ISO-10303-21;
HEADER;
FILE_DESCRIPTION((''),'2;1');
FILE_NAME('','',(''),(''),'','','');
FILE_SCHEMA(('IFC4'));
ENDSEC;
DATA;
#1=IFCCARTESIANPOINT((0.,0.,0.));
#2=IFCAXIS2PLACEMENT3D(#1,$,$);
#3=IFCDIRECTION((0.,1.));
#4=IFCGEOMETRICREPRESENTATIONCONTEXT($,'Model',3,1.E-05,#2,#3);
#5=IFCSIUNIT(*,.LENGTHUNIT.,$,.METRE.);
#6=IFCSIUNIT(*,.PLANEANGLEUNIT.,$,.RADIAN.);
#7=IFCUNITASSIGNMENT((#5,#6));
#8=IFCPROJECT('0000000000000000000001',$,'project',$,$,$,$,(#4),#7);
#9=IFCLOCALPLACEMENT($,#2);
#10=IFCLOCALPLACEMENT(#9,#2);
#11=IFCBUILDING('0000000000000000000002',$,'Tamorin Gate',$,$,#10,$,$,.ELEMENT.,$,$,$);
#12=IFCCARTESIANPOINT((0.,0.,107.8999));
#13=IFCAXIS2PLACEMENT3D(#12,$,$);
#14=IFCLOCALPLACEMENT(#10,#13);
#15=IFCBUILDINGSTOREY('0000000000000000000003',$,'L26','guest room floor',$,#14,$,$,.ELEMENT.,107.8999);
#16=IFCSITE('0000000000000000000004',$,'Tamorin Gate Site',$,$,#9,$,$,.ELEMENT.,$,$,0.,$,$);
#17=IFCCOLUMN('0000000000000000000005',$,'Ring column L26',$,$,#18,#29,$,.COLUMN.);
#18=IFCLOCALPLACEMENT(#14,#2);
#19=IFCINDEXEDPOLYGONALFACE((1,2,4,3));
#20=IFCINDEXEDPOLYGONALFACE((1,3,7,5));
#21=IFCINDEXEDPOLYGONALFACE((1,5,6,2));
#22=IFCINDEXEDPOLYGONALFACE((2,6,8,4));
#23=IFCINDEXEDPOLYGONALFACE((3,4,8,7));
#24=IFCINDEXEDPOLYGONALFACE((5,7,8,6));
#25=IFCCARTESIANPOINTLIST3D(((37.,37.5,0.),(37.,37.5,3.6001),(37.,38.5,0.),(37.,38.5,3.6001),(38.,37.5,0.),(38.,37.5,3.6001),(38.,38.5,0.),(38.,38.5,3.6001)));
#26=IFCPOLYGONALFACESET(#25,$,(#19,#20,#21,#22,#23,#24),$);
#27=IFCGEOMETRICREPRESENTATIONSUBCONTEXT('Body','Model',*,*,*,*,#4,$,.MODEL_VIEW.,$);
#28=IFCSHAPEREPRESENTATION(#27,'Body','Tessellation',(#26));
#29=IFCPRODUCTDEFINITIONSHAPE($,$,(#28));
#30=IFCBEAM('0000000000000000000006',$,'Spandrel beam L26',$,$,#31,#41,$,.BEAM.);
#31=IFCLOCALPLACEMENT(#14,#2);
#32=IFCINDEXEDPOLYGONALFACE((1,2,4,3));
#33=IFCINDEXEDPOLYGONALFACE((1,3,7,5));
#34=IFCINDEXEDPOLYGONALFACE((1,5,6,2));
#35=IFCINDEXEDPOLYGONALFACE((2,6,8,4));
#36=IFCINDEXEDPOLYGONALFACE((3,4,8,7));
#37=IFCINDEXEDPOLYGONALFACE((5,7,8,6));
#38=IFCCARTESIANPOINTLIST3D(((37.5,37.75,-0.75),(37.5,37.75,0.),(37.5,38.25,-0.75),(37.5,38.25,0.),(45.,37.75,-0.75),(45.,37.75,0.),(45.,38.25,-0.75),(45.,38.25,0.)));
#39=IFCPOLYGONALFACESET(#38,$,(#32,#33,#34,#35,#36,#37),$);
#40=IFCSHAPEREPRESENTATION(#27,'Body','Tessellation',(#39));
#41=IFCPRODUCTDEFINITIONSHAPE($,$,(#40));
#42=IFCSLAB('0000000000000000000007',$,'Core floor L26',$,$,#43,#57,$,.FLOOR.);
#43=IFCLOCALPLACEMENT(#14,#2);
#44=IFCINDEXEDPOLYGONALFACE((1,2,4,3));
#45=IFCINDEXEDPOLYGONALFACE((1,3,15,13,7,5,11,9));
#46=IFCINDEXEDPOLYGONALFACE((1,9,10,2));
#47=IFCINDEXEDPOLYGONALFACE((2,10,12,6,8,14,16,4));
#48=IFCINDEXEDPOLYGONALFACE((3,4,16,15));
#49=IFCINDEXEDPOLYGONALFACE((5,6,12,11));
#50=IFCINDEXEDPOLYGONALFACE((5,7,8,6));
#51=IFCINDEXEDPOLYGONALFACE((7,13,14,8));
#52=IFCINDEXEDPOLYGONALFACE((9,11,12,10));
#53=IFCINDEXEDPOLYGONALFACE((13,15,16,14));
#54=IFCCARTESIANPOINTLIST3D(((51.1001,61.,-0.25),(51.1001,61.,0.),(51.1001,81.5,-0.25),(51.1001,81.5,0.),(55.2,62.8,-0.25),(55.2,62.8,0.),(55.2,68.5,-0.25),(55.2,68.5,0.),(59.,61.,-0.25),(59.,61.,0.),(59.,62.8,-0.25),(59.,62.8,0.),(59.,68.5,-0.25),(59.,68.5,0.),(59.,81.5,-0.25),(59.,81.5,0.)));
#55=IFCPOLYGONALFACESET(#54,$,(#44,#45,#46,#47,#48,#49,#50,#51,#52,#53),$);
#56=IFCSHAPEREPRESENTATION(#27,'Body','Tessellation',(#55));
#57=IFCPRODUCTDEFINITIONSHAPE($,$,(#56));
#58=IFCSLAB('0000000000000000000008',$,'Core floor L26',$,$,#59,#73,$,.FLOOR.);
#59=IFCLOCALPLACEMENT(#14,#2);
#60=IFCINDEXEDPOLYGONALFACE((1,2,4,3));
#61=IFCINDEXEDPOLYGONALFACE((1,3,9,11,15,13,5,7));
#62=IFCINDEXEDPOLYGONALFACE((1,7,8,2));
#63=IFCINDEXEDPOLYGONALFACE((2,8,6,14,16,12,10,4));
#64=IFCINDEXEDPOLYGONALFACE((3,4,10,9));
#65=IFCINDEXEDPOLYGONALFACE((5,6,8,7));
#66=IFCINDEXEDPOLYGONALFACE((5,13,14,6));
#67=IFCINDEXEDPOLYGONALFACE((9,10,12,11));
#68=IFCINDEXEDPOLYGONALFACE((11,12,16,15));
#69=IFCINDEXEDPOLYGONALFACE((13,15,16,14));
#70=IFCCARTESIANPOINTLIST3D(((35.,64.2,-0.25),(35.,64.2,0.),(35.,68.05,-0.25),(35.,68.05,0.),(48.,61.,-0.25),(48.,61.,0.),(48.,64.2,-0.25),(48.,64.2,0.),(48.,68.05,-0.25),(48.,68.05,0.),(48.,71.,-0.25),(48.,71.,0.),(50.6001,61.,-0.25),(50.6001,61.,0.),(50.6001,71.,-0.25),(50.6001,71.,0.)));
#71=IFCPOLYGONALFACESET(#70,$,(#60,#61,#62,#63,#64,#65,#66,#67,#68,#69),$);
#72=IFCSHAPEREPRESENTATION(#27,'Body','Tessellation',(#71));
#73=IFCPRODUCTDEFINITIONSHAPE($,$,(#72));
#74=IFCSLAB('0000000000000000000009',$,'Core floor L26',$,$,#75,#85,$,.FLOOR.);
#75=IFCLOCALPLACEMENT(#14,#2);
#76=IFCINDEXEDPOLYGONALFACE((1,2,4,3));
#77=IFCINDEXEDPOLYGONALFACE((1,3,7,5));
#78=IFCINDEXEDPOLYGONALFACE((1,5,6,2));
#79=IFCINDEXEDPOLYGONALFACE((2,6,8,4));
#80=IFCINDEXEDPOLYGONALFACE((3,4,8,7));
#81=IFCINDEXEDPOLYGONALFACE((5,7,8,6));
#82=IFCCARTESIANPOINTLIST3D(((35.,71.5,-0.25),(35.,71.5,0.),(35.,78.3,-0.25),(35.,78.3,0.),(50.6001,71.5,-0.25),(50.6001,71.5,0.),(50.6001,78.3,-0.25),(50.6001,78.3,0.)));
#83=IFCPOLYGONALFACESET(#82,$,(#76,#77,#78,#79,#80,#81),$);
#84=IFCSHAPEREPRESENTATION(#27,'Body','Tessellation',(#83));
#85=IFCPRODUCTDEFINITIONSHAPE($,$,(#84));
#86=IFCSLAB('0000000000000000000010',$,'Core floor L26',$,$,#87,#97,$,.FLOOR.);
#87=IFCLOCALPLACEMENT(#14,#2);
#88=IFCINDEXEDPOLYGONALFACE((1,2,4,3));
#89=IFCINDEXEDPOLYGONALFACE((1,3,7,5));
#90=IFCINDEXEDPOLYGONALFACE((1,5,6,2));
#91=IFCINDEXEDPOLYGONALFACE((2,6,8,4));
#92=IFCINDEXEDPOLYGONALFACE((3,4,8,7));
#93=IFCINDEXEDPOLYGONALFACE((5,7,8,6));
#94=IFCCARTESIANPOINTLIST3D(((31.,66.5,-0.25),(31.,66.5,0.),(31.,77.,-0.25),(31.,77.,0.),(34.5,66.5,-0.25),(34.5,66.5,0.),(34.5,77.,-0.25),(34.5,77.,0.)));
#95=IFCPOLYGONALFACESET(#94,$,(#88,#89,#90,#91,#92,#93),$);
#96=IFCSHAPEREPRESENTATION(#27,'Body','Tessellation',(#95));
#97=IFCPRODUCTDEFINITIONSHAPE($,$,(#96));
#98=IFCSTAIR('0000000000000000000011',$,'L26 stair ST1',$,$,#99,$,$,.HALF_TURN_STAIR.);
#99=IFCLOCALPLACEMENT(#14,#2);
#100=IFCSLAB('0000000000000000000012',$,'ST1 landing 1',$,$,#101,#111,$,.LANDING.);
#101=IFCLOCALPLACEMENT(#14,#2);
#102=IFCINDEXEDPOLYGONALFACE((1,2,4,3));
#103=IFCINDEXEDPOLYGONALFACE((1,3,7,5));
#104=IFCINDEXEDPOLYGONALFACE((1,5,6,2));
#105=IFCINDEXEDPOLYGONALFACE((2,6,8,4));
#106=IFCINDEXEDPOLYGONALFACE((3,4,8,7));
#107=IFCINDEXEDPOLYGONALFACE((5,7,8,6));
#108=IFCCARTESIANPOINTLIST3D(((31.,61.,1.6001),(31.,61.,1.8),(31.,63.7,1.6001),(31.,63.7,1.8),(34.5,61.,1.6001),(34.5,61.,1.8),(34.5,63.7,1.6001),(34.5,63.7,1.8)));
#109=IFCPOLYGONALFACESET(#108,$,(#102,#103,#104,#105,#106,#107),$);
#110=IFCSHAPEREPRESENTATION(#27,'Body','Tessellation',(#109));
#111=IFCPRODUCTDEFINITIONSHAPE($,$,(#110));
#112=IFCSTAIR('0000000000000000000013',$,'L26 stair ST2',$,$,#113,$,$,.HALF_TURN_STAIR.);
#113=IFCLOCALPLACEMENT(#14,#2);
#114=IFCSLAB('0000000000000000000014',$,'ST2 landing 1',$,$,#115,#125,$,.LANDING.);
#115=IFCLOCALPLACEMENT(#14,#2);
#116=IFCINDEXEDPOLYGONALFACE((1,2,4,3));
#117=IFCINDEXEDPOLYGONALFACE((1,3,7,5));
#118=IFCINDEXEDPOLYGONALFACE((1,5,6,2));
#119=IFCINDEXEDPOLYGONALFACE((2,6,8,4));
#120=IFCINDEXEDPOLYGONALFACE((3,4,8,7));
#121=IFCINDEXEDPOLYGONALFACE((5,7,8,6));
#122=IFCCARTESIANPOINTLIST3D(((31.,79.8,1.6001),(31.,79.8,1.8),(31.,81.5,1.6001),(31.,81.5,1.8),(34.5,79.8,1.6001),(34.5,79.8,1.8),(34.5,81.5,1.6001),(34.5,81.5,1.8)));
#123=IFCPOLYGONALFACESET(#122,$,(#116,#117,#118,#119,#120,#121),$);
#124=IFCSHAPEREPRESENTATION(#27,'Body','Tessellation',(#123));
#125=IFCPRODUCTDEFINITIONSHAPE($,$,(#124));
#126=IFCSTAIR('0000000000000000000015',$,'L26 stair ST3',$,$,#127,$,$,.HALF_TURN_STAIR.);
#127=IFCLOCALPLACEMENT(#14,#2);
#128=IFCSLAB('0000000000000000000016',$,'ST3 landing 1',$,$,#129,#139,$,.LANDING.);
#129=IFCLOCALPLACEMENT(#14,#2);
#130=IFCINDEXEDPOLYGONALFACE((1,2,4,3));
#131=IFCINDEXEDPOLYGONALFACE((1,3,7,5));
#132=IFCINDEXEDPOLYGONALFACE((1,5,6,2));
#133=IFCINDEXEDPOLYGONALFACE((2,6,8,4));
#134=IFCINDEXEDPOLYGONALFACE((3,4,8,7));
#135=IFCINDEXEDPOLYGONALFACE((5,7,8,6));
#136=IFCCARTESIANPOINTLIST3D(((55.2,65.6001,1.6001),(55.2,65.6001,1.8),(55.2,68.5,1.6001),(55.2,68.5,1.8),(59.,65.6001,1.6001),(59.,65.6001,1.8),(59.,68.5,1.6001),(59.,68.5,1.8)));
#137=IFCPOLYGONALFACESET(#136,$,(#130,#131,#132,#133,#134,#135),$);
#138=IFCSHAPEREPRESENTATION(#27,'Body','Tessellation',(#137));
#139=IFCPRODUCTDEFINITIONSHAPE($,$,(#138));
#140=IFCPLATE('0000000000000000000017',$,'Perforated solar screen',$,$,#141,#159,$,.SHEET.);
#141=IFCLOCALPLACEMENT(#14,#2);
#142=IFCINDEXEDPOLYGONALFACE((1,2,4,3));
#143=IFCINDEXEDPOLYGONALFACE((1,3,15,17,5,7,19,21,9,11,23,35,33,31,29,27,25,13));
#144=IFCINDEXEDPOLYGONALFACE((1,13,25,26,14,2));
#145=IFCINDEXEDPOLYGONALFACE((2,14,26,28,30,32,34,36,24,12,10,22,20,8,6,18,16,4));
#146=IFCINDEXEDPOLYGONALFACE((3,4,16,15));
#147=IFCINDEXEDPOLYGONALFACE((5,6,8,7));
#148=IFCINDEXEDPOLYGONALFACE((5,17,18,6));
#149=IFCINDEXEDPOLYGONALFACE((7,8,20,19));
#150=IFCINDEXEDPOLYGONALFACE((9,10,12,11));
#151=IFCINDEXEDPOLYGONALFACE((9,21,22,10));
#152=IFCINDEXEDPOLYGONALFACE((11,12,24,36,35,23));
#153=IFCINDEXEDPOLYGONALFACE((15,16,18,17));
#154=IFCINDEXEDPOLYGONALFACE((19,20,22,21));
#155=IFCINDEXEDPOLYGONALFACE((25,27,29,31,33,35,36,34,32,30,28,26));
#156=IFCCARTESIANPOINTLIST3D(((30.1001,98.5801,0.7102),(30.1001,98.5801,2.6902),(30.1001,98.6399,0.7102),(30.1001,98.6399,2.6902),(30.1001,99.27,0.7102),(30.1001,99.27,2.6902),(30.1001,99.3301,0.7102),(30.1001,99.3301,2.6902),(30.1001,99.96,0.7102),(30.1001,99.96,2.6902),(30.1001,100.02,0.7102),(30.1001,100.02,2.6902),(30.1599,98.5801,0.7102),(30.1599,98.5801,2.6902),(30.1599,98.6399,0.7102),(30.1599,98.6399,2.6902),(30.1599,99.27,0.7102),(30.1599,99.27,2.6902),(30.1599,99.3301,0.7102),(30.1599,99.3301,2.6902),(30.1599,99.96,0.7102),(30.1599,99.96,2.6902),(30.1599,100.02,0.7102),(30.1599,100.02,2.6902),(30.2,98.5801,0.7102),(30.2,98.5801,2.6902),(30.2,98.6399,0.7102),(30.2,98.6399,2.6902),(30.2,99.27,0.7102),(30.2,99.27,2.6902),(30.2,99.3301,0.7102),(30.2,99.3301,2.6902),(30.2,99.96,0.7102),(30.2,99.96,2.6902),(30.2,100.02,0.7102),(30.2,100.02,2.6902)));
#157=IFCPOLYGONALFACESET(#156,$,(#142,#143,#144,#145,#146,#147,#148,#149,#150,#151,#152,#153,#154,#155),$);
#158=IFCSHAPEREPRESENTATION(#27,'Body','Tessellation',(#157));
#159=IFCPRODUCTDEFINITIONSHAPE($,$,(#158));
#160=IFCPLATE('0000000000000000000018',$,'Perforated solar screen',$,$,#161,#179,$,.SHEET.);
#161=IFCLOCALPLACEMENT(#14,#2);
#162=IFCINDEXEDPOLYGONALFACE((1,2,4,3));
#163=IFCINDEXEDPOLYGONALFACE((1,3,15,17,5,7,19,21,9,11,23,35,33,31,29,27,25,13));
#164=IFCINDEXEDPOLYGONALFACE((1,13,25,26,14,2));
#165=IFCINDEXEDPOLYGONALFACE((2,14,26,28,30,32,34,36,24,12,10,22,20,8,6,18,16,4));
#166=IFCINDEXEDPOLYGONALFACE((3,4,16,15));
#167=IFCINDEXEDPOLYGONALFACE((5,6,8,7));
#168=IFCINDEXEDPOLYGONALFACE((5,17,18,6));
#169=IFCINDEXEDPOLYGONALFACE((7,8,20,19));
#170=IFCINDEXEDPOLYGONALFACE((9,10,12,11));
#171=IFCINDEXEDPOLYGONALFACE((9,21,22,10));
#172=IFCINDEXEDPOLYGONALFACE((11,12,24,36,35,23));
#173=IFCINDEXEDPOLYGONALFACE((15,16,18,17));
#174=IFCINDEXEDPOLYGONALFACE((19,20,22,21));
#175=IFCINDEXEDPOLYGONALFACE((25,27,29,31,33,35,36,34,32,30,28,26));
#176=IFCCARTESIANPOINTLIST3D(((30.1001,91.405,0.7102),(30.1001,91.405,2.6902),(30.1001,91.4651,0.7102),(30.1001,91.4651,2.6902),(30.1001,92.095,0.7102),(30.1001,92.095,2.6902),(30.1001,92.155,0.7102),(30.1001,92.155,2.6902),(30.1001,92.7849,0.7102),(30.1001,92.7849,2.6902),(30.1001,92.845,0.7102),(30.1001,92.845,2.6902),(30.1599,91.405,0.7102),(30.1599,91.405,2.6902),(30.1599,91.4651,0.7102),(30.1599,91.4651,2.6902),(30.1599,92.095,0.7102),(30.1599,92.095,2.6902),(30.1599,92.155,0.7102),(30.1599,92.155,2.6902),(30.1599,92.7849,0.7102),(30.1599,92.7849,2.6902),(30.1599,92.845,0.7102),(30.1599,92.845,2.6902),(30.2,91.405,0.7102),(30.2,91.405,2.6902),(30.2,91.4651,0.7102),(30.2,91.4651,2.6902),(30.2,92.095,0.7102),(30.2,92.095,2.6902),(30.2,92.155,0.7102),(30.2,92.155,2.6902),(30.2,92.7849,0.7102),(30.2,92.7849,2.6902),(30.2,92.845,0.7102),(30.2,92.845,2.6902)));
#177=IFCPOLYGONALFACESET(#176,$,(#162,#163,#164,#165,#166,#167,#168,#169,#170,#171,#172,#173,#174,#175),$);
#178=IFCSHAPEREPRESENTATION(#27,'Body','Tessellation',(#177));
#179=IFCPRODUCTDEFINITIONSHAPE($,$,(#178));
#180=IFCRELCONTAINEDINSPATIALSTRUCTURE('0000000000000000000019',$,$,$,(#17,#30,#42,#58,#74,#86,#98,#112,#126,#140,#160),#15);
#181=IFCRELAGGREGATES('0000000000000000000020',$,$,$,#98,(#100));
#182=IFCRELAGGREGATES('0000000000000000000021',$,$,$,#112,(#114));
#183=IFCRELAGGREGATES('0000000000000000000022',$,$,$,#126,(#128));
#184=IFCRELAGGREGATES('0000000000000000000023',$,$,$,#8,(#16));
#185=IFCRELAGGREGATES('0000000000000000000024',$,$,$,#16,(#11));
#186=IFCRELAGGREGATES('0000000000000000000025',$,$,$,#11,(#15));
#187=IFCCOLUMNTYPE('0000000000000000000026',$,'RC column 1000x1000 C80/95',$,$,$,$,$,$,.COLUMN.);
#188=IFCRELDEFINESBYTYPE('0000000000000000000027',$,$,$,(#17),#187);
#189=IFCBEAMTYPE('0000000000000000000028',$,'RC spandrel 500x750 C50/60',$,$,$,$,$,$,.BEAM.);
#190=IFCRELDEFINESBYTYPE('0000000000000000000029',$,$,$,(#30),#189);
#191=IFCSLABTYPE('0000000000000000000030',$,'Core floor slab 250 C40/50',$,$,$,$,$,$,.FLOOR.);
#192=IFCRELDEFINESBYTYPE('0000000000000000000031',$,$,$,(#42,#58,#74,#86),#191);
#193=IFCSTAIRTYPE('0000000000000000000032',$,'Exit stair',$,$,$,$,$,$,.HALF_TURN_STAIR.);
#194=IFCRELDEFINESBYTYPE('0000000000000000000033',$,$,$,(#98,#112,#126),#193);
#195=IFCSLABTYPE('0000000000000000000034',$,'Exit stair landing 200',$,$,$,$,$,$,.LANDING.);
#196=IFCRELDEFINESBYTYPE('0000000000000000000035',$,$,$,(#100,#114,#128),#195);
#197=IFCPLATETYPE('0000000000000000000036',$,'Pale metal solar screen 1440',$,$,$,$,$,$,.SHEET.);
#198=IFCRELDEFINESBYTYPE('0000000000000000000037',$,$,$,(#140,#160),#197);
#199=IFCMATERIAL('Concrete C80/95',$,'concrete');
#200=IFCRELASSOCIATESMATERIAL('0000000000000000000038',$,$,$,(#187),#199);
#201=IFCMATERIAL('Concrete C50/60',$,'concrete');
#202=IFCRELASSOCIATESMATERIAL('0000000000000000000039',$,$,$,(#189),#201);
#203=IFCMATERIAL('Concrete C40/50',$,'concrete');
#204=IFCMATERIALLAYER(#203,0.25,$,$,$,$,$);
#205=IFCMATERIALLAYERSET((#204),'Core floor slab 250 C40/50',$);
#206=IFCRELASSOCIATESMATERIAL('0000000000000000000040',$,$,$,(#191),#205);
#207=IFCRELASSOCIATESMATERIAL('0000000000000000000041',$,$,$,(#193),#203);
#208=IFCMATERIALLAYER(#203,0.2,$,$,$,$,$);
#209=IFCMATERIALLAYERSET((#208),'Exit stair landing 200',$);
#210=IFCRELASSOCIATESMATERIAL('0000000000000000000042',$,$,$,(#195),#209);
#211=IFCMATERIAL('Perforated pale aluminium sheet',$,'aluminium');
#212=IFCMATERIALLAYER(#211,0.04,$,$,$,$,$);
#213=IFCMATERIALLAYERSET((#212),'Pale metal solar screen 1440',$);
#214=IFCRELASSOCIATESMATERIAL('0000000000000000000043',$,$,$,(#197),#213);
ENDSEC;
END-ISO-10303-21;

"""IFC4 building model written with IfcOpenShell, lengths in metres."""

from ifc_helpers import new_model, si_unit, direction, frame, origin, origin_2d, place, context, subcontext, project, spatial, polyline, rectangle, outline, extrude, material, layer, layer_set, material_profile, profile_set, type_object, element, aggregate, save


model = new_model("IFC4")

# Units and contexts
model_context = context("Model", 3, precision=1e-05, world=origin(), true_north=direction((0.0, 1.0)))
body_context = subcontext(model_context, "Body", "Model", "MODEL_VIEW")
ifc_project = project(units=[si_unit("LENGTHUNIT", "METRE"), si_unit("PLANEANGLEUNIT", "RADIAN")], contexts=[model_context])

# Site, building, storey
site_placement = place(None, origin())
site = spatial("IfcSite", under=ifc_project, at=site_placement, Name="Tamorin Gate Site", CompositionType="ELEMENT", RefElevation=0.0)
building_placement = place(site_placement, origin())
building = spatial("IfcBuilding", under=site, at=building_placement, Name="Tamorin Gate", CompositionType="ELEMENT")
storey_placement = place(building_placement, frame((0.0, 0.0, 107.8999)))
storey = spatial("IfcBuildingStorey", under=building, at=storey_placement, Name="L26", Description="guest room floor", CompositionType="ELEMENT", Elevation=107.8999)

# Column
ifc_material_1 = material(Name="Concrete C80/95", Category="concrete")
ifc_material_profile_1 = material_profile(ifc_material_1, rectangle(XDim=1.0, YDim=1.0, at=origin_2d()), Name="RC 1000x1000")
ifc_profile_set_1 = profile_set([ifc_material_profile_1], Name="Concrete C80/95")
column_type = type_object("IfcColumnType", Name="RC column 1000x1000 C80/95", PredefinedType="COLUMN", material=ifc_profile_set_1)
column_placement = place(storey_placement, frame((37.5, 38.0, 0.0), z_axis=(0.0, 0.0, 1.0), x_axis=(1.0, 0.0, 0.0)))
element("IfcColumn", 1, at=column_placement, inside=storey, type_object=column_type, Name="Ring column L26", PredefinedType="COLUMN", context=body_context, shape_type="SweptSolid", body=[
    extrude(rectangle(XDim=1.0, YDim=1.0, at=origin_2d()), origin(), (0.0, 0.0, 1.0), 3.6001),
])

# Beam
ifc_material_2 = material(Name="Concrete C50/60", Category="concrete")
ifc_material_profile_2 = material_profile(ifc_material_2, rectangle(XDim=0.5, YDim=0.75, at=origin_2d()), Name="RC 500x750")
ifc_profile_set_2 = profile_set([ifc_material_profile_2], Name="Concrete C50/60")
beam_type = type_object("IfcBeamType", Name="RC spandrel 500x750 C50/60", PredefinedType="BEAM", material=ifc_profile_set_2)
beam_placement = place(storey_placement, frame((37.5, 38.0, -0.375), z_axis=(1.0, 0.0, 0.0), x_axis=(0.0, 1.0, 0.0)))
element("IfcBeam", 2, at=beam_placement, inside=storey, type_object=beam_type, Name="Spandrel beam L26", PredefinedType="BEAM", context=body_context, shape_type="SweptSolid", body=[
    extrude(rectangle(XDim=0.5, YDim=0.75, at=origin_2d()), origin(), (0.0, 0.0, 1.0), 7.5),
])

# Slabs
ifc_material_3 = material(Name="Concrete C40/50", Category="concrete")
ifc_layer_1 = layer(ifc_material_3, 0.25)
ifc_layer_set_1 = layer_set([ifc_layer_1], Name="Core floor slab 250 C40/50")
slab_type_1 = type_object("IfcSlabType", Name="Core floor slab 250 C40/50", PredefinedType="FLOOR", material=ifc_layer_set_1)
slab_1_placement = place(storey_placement, frame((0.0, 0.0, -0.25)))
element("IfcSlab", 3, at=slab_1_placement, inside=storey, type_object=slab_type_1, Name="Core floor L26", PredefinedType="FLOOR", context=body_context, shape_type="SweptSolid", body=[
    extrude(outline(polyline([(59.0, 62.8), (59.0, 61.0), (51.1001, 61.0), (51.1001, 81.5), (59.0, 81.5), (59.0, 68.5), (55.2, 68.5), (55.2, 62.8), (59.0, 62.8)])), origin(), (0.0, 0.0, 1.0), 0.25),
])
slab_2_placement = place(storey_placement, frame((0.0, 0.0, -0.25)))
element("IfcSlab", 4, at=slab_2_placement, inside=storey, type_object=slab_type_1, Name="Core floor L26", PredefinedType="FLOOR", context=body_context, shape_type="SweptSolid", body=[
    extrude(outline(polyline([(50.6001, 61.0), (48.0, 61.0), (48.0, 64.2), (35.0, 64.2), (35.0, 68.05), (48.0, 68.05), (48.0, 71.0), (50.6001, 71.0), (50.6001, 61.0)])), origin(), (0.0, 0.0, 1.0), 0.25),
])
slab_3_placement = place(storey_placement, frame((0.0, 0.0, -0.25)))
element("IfcSlab", 5, at=slab_3_placement, inside=storey, type_object=slab_type_1, Name="Core floor L26", PredefinedType="FLOOR", context=body_context, shape_type="SweptSolid", body=[
    extrude(outline(polyline([(50.6001, 71.5), (35.0, 71.5), (35.0, 78.3), (50.6001, 78.3), (50.6001, 71.5)])), origin(), (0.0, 0.0, 1.0), 0.25),
])
slab_4_placement = place(storey_placement, frame((0.0, 0.0, -0.25)))
element("IfcSlab", 6, at=slab_4_placement, inside=storey, type_object=slab_type_1, Name="Core floor L26", PredefinedType="FLOOR", context=body_context, shape_type="SweptSolid", body=[
    extrude(outline(polyline([(31.0, 66.5), (31.0, 77.0), (34.5, 77.0), (34.5, 66.5), (31.0, 66.5)])), origin(), (0.0, 0.0, 1.0), 0.25),
])

# Stairs, slabs
stair_type = type_object("IfcStairType", Name="Exit stair", PredefinedType="HALF_TURN_STAIR", material=ifc_material_3)
stair_1_placement = place(storey_placement, origin())
stair_1 = element("IfcStair", 7, at=stair_1_placement, inside=storey, type_object=stair_type, Name="L26 stair ST1", PredefinedType="HALF_TURN_STAIR")
ifc_layer_2 = layer(ifc_material_3, 0.2)
ifc_layer_set_2 = layer_set([ifc_layer_2], Name="Exit stair landing 200")
slab_type_2 = type_object("IfcSlabType", Name="Exit stair landing 200", PredefinedType="LANDING", material=ifc_layer_set_2)
slab_5_placement = place(storey_placement, frame((0.0, 0.0, 1.6001)))
slab_5 = element("IfcSlab", 8, at=slab_5_placement, type_object=slab_type_2, Name="ST1 landing 1", PredefinedType="LANDING", context=body_context, shape_type="SweptSolid", body=[
    extrude(outline(polyline([(31.0, 63.7), (31.0, 61.0), (34.5, 61.0), (34.5, 63.7), (31.0, 63.7)])), origin(), (0.0, 0.0, 1.0), 0.2),
])
aggregate(stair_1, [slab_5])
stair_2_placement = place(storey_placement, origin())
stair_2 = element("IfcStair", 9, at=stair_2_placement, inside=storey, type_object=stair_type, Name="L26 stair ST2", PredefinedType="HALF_TURN_STAIR")
slab_6_placement = place(storey_placement, frame((0.0, 0.0, 1.6001)))
slab_6 = element("IfcSlab", 10, at=slab_6_placement, type_object=slab_type_2, Name="ST2 landing 1", PredefinedType="LANDING", context=body_context, shape_type="SweptSolid", body=[
    extrude(outline(polyline([(34.5, 79.8), (34.5, 81.5), (31.0, 81.5), (31.0, 79.8), (34.5, 79.8)])), origin(), (0.0, 0.0, 1.0), 0.2),
])
aggregate(stair_2, [slab_6])
stair_3_placement = place(storey_placement, origin())
stair_3 = element("IfcStair", 11, at=stair_3_placement, inside=storey, type_object=stair_type, Name="L26 stair ST3", PredefinedType="HALF_TURN_STAIR")
slab_7_placement = place(storey_placement, frame((0.0, 0.0, 1.6001)))
slab_7 = element("IfcSlab", 12, at=slab_7_placement, type_object=slab_type_2, Name="ST3 landing 1", PredefinedType="LANDING", context=body_context, shape_type="SweptSolid", body=[
    extrude(outline(polyline([(59.0, 65.6001), (59.0, 68.5), (55.2, 68.5), (55.2, 65.6001), (59.0, 65.6001)])), origin(), (0.0, 0.0, 1.0), 0.2),
])
aggregate(stair_3, [slab_7])

# Plates
ifc_material_4 = material(Name="Perforated pale aluminium sheet", Category="aluminium")
ifc_layer_3 = layer(ifc_material_4, 0.04)
ifc_layer_set_3 = layer_set([ifc_layer_3], Name="Pale metal solar screen 1440")
plate_type = type_object("IfcPlateType", Name="Pale metal solar screen 1440", PredefinedType="SHEET", material=ifc_layer_set_3)
plate_1_placement = place(storey_placement, frame((0.0, 0.0, 0.7102)))
element("IfcPlate", 13, at=plate_1_placement, inside=storey, type_object=plate_type, Name="Perforated solar screen", PredefinedType="SHEET", context=body_context, shape_type="SweptSolid", body=[
    extrude(outline(polyline([(30.1599, 100.02), (30.2, 100.02), (30.2, 99.96), (30.2, 99.3301), (30.2, 99.27), (30.2, 98.6399), (30.2, 98.5801), (30.1599, 98.5801), (30.1001, 98.5801), (30.1001, 98.6399), (30.1599, 98.6399), (30.1599, 99.27), (30.1001, 99.27), (30.1001, 99.3301), (30.1599, 99.3301), (30.1599, 99.96), (30.1001, 99.96), (30.1001, 100.02), (30.1599, 100.02)])), origin(), (0.0, 0.0, 1.0), 1.98),
])
plate_2_placement = place(storey_placement, frame((0.0, 0.0, 0.7102)))
element("IfcPlate", 14, at=plate_2_placement, inside=storey, type_object=plate_type, Name="Perforated solar screen", PredefinedType="SHEET", context=body_context, shape_type="SweptSolid", body=[
    extrude(outline(polyline([(30.1599, 92.845), (30.2, 92.845), (30.2, 92.7849), (30.2, 92.155), (30.2, 92.095), (30.2, 91.4651), (30.2, 91.405), (30.1599, 91.405), (30.1001, 91.405), (30.1001, 91.4651), (30.1599, 91.4651), (30.1599, 92.095), (30.1001, 92.095), (30.1001, 92.155), (30.1599, 92.155), (30.1599, 92.7849), (30.1001, 92.7849), (30.1001, 92.845), (30.1599, 92.845)])), origin(), (0.0, 0.0, 1.0), 1.98),
])

save(model, "model.ifc")
